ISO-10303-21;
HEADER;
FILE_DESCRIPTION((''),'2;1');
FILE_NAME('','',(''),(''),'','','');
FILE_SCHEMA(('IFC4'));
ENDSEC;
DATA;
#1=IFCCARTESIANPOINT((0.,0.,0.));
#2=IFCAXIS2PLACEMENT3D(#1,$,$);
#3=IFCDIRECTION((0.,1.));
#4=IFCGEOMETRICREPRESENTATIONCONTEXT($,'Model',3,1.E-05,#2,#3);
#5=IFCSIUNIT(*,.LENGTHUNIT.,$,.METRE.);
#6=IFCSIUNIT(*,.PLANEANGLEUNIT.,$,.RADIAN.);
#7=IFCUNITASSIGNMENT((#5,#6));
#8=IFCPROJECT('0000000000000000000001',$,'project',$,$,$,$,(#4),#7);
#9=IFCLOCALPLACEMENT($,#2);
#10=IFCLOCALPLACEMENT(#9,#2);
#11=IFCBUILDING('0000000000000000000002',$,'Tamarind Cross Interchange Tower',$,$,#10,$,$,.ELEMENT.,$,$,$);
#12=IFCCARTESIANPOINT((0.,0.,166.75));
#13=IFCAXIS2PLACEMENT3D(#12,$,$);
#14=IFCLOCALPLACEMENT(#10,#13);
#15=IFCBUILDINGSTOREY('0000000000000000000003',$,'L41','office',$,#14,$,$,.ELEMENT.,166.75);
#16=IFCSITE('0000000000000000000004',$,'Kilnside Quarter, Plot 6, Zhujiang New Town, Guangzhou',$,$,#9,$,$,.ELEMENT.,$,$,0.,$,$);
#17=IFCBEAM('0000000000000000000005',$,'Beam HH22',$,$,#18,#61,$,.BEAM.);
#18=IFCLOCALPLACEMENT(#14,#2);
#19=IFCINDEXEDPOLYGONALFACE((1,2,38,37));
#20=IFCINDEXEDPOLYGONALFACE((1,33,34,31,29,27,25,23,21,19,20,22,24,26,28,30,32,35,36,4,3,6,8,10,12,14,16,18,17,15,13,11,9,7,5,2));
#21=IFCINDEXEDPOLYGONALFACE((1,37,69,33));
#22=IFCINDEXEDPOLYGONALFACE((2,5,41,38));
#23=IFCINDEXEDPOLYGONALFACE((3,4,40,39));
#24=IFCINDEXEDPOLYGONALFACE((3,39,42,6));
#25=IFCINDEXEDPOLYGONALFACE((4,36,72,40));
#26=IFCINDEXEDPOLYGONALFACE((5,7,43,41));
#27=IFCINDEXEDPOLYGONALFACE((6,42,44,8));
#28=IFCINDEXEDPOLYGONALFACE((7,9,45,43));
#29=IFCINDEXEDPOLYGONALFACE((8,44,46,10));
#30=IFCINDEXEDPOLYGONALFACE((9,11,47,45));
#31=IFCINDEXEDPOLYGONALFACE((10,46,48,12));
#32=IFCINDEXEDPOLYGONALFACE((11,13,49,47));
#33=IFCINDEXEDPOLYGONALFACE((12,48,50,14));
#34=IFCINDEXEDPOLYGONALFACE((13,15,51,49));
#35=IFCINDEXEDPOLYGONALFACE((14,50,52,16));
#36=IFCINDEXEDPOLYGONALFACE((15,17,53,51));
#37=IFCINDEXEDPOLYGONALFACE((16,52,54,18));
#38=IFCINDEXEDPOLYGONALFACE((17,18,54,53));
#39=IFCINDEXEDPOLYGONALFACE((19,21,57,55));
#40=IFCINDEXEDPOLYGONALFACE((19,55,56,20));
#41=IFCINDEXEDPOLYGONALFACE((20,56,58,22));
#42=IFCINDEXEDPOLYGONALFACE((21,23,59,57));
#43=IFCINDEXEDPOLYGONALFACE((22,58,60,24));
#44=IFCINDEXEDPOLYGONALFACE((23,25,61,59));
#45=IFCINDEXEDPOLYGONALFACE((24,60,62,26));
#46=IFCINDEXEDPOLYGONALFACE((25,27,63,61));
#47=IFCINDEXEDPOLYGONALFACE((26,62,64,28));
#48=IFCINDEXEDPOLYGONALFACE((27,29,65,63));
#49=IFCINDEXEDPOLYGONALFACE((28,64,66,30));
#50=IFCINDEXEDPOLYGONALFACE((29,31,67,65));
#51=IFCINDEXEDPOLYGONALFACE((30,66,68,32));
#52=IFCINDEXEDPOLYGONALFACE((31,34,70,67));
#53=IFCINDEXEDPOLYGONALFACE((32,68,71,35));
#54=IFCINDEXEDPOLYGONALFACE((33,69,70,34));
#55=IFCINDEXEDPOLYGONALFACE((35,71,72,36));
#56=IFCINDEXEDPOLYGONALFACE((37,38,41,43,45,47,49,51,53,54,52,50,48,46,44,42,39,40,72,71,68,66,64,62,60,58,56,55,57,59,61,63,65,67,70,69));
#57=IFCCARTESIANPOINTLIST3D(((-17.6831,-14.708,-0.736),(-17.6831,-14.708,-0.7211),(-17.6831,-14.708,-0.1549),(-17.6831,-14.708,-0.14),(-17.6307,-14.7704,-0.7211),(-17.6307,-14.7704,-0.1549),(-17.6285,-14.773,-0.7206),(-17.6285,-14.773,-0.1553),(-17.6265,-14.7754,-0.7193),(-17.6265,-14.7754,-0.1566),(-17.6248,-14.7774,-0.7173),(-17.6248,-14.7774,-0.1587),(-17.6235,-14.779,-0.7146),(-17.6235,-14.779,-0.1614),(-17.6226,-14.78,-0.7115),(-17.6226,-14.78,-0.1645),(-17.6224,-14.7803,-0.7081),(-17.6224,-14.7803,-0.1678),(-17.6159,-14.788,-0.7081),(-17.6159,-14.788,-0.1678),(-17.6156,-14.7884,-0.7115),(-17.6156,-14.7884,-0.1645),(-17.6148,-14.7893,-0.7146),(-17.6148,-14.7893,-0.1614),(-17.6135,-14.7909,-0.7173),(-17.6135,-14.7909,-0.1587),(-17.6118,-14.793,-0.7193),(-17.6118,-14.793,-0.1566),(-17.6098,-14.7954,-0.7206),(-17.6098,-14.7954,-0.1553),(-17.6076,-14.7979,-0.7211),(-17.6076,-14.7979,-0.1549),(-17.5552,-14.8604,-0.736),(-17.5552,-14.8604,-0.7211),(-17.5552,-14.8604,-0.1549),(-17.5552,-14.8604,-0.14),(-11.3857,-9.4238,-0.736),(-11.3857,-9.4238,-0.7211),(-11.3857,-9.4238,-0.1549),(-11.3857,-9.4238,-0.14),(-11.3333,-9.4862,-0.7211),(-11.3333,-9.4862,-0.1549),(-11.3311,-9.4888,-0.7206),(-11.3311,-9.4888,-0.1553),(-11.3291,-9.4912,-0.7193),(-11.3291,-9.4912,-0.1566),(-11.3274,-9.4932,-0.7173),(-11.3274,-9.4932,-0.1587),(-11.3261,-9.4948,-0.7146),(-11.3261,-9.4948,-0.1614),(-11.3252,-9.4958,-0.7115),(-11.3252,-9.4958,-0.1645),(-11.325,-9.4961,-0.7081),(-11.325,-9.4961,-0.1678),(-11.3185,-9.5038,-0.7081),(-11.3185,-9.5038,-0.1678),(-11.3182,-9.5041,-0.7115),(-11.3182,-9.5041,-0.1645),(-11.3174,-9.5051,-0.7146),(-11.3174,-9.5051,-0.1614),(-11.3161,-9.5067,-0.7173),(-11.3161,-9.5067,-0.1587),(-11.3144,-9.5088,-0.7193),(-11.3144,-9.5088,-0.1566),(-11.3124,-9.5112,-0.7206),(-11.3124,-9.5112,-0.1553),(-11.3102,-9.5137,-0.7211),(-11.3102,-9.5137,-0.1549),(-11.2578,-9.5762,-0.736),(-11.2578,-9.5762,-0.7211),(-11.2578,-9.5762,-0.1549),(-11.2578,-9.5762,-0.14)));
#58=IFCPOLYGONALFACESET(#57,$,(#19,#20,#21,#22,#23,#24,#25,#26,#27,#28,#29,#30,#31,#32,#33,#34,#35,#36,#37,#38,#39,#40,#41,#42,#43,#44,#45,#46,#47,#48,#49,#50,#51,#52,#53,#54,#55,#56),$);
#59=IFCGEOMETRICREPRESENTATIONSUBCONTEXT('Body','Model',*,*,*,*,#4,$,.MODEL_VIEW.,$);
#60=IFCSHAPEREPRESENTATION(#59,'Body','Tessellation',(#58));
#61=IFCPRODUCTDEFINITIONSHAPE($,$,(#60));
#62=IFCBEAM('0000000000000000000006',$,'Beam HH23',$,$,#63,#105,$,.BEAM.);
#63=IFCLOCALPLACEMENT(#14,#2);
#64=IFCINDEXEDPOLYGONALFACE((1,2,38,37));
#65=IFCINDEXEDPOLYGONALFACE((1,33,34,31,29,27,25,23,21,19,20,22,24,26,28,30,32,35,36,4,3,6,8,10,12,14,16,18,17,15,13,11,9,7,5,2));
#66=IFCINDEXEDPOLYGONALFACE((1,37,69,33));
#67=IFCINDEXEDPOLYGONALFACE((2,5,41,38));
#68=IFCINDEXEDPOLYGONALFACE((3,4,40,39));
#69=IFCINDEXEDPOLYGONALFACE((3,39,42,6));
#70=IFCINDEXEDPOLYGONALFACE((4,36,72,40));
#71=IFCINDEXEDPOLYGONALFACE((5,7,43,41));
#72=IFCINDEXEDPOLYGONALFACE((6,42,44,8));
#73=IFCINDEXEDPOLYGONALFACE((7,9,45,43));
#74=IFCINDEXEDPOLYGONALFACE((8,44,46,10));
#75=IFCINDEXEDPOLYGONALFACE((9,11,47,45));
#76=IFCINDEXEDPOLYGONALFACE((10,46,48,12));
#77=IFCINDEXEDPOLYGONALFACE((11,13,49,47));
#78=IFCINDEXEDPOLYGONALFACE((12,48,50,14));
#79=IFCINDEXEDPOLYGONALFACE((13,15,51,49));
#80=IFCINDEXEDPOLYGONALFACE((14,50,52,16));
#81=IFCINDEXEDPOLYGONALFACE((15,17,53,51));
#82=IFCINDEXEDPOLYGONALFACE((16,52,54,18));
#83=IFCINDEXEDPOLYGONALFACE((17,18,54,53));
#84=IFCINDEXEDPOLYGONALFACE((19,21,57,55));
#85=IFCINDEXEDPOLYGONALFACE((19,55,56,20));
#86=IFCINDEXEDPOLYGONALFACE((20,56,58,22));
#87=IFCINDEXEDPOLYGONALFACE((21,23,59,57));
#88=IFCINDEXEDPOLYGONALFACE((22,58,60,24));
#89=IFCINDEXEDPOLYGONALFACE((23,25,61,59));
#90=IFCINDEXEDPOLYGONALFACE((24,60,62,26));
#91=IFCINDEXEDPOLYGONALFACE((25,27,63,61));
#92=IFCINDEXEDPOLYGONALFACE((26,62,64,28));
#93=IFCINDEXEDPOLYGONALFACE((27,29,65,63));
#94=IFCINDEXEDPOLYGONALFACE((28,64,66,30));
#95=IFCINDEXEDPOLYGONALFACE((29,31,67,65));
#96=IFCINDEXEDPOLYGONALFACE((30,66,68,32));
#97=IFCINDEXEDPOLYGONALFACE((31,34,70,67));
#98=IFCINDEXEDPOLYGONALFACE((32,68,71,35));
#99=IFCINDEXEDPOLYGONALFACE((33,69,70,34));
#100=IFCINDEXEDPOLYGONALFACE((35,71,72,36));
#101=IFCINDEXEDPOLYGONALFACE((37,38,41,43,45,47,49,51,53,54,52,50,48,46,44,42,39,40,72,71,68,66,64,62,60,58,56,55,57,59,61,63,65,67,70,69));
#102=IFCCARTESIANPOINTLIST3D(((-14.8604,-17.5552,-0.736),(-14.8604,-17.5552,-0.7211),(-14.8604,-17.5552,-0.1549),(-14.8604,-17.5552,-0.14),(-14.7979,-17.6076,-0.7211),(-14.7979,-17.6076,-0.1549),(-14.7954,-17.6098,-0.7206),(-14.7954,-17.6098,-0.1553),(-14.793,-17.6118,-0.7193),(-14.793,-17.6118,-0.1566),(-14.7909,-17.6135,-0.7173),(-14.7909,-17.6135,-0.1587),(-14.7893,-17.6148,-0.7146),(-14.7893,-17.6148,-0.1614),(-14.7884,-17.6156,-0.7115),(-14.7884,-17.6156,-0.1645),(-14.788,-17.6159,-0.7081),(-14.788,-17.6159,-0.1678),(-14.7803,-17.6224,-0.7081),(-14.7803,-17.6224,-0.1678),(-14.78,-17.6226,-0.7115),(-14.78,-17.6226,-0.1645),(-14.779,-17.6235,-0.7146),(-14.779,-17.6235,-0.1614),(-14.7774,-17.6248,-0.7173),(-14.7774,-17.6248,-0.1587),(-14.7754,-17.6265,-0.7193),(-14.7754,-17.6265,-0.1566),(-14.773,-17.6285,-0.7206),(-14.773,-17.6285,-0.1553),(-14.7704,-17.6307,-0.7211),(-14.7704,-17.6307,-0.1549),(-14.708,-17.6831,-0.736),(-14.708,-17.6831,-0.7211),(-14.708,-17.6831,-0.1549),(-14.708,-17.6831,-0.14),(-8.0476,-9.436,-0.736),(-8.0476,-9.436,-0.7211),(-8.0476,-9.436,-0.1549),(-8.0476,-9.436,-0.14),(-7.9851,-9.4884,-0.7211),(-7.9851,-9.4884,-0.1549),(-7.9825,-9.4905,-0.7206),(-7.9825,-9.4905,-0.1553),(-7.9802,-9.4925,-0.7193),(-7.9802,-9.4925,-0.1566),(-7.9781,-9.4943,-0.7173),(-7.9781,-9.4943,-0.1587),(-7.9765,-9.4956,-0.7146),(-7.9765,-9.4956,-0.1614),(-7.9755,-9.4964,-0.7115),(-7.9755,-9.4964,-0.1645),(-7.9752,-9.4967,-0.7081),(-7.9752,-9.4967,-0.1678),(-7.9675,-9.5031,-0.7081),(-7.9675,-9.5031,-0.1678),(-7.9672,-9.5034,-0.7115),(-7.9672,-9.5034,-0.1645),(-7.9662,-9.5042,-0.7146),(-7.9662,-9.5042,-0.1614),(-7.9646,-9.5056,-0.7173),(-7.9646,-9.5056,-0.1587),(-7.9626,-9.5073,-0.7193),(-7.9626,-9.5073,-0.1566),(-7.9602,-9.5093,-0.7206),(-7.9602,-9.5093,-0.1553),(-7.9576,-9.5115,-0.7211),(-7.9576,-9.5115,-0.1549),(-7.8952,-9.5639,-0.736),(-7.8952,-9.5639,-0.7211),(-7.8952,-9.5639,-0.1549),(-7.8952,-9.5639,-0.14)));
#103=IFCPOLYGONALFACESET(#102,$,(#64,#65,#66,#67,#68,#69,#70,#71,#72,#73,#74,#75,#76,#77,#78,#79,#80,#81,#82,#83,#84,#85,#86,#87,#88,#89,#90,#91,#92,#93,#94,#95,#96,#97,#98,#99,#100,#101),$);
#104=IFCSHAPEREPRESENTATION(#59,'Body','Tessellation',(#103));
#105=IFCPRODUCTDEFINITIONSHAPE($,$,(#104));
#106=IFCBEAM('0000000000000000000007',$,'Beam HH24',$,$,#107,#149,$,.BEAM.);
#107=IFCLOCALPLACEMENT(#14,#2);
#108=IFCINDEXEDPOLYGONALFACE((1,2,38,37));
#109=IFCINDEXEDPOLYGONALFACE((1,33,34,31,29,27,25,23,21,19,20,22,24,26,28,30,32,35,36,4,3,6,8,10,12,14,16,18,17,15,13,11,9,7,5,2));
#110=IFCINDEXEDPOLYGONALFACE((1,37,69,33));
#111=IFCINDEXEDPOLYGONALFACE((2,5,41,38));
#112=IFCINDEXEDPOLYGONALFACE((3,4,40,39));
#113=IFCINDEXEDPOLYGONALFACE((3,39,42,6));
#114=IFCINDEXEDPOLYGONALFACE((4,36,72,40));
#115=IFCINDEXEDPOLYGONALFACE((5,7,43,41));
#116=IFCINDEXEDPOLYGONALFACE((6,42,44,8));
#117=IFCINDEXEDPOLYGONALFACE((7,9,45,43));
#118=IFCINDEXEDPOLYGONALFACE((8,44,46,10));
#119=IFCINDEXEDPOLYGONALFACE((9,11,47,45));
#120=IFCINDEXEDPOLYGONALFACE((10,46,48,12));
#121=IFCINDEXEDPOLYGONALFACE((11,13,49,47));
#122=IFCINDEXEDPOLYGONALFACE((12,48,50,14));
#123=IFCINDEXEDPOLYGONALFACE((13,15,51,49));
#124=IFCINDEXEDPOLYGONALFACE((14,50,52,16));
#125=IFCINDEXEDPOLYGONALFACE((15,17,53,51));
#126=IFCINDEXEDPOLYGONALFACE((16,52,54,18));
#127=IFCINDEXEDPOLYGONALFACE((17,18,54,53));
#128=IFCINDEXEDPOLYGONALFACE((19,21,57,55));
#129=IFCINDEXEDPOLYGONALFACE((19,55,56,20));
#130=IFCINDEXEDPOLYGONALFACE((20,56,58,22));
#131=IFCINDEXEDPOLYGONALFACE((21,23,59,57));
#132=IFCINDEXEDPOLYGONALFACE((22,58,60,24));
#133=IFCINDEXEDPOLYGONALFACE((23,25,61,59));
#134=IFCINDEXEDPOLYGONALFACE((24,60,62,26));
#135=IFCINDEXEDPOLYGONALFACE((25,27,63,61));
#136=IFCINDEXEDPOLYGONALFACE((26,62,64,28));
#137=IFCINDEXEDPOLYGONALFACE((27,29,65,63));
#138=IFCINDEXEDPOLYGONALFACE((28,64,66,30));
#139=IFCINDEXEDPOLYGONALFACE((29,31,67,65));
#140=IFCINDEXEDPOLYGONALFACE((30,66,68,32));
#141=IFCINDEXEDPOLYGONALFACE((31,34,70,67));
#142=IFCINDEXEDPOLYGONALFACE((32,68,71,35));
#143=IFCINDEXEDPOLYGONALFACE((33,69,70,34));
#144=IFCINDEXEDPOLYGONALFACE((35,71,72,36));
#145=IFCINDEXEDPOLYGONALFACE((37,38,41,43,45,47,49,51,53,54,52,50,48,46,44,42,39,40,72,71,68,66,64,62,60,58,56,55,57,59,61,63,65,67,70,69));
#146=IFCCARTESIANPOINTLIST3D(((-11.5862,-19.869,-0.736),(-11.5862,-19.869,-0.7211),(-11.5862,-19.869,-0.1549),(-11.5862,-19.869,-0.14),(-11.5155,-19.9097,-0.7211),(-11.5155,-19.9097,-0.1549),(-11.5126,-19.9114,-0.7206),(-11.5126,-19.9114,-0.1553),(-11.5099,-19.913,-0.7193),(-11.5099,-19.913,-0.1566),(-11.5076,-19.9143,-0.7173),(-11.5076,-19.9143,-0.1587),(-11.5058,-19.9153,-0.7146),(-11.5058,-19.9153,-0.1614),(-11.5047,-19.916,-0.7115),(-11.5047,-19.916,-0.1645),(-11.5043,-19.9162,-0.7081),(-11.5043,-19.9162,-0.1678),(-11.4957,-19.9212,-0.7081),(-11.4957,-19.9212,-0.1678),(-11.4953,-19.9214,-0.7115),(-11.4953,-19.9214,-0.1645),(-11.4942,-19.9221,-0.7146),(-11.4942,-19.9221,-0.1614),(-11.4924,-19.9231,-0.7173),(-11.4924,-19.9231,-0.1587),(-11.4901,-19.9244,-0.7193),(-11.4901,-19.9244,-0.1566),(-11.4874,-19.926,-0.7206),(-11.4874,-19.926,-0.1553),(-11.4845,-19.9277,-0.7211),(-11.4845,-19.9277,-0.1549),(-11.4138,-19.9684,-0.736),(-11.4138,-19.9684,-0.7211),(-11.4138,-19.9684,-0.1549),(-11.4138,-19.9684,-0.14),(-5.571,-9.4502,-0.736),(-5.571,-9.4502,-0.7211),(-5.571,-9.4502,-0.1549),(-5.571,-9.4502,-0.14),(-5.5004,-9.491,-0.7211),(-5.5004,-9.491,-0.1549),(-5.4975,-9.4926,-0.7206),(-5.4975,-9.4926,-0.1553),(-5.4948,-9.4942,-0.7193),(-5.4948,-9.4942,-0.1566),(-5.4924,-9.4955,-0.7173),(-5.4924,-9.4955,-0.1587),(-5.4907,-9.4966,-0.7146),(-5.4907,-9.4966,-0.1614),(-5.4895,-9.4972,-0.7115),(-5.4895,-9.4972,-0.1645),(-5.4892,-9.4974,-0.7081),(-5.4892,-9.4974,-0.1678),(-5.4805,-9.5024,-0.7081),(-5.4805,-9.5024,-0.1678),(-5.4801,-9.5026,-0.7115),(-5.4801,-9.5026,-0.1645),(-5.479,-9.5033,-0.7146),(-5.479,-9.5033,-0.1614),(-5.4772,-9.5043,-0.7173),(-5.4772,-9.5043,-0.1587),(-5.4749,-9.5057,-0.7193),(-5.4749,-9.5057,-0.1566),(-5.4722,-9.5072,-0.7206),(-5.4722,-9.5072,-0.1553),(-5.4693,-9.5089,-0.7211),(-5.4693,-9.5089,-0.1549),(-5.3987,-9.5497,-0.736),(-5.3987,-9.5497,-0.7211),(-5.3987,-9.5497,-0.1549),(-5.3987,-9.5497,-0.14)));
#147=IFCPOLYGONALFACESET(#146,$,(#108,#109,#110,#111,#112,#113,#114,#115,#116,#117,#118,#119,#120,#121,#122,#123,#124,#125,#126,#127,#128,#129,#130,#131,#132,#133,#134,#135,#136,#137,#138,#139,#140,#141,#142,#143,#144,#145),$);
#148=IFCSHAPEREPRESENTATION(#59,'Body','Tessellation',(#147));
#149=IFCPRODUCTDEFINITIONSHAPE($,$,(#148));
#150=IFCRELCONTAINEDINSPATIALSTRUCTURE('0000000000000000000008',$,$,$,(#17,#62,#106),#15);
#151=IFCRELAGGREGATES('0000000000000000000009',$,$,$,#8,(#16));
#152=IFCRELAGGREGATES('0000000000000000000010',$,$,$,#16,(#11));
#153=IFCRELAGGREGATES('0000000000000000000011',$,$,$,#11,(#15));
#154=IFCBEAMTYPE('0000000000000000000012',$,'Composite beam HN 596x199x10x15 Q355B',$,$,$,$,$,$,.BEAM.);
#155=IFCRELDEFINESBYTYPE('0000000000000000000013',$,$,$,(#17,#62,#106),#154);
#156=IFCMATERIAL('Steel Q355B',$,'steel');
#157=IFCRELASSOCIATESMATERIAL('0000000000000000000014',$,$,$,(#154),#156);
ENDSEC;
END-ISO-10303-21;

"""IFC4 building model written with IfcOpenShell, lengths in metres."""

from ifc_helpers import new_model, si_unit, direction, frame, origin, origin_2d, place, context, subcontext, project, spatial, i_section, extrude, material, material_profile, profile_set, type_object, element, save


model = new_model("IFC4")

# Units and contexts
model_context = context("Model", 3, precision=1e-05, world=origin(), true_north=direction((0.0, 1.0)))
body_context = subcontext(model_context, "Body", "Model", "MODEL_VIEW")
ifc_project = project(units=[si_unit("LENGTHUNIT", "METRE"), si_unit("PLANEANGLEUNIT", "RADIAN")], contexts=[model_context])

# Site, building, storey
site_placement = place(None, origin())
site = spatial("IfcSite", under=ifc_project, at=site_placement, Name="Kilnside Quarter, Plot 6, Zhujiang New Town, Guangzhou", CompositionType="ELEMENT", RefElevation=0.0)
building_placement = place(site_placement, origin())
building = spatial("IfcBuilding", under=site, at=building_placement, Name="Tamarind Cross Interchange Tower", CompositionType="ELEMENT")
storey_placement = place(building_placement, frame((0.0, 0.0, 166.75)))
storey = spatial("IfcBuildingStorey", under=building, at=storey_placement, Name="L41", Description="office", CompositionType="ELEMENT", Elevation=166.75)

# Beams
ifc_material_1 = material(Name="Steel Q355B", Category="steel")
ifc_material_profile_1 = material_profile(ifc_material_1, i_section(OverallWidth=0.199, OverallDepth=0.5959, WebThickness=0.01, FlangeThickness=0.0149, FilletRadius=0.0129, at=origin_2d()), Name="HN 596x199x10x15")
ifc_profile_set_1 = profile_set([ifc_material_profile_1], Name="Steel Q355B")
beam_type_1 = type_object("IfcBeamType", Name="Composite beam HN 596x199x10x15 Q355B", PredefinedType="BEAM", material=ifc_profile_set_1)
beam_1_placement = place(storey_placement, frame((-17.6191, -14.7842, -0.438), z_axis=(0.766041, 0.642792, 0.0), x_axis=(-0.642792, 0.766041, 0.0)))
element("IfcBeam", 1, at=beam_1_placement, inside=storey, type_object=beam_type_1, Name="Beam HH22", PredefinedType="BEAM", context=body_context, shape_type="SweptSolid", body=[
    extrude(i_section(OverallWidth=0.199, OverallDepth=0.5959, WebThickness=0.01, FlangeThickness=0.0149, FilletRadius=0.0129, at=origin_2d()), origin(), (0.0, 0.0, 1.0), 8.2207),
])
beam_2_placement = place(storey_placement, frame((-14.7842, -17.6191, -0.438), z_axis=(0.642786, 0.766046, 0.0), x_axis=(-0.766046, 0.642786, 0.0)))
element("IfcBeam", 2, at=beam_2_placement, inside=storey, type_object=beam_type_1, Name="Beam HH23", PredefinedType="BEAM", context=body_context, shape_type="SweptSolid", body=[
    extrude(i_section(OverallWidth=0.199, OverallDepth=0.5959, WebThickness=0.01, FlangeThickness=0.0149, FilletRadius=0.0129, at=origin_2d()), origin(), (0.0, 0.0, 1.0), 10.5989),
])
beam_3_placement = place(storey_placement, frame((-11.5, -19.9187, -0.438), z_axis=(0.499994, 0.866029, 0.0), x_axis=(-0.866029, 0.499994, 0.0)))
element("IfcBeam", 3, at=beam_3_placement, inside=storey, type_object=beam_type_1, Name="Beam HH24", PredefinedType="BEAM", context=body_context, shape_type="SweptSolid", body=[
    extrude(i_section(OverallWidth=0.199, OverallDepth=0.5959, WebThickness=0.01, FlangeThickness=0.0149, FilletRadius=0.0129, at=origin_2d()), origin(), (0.0, 0.0, 1.0), 12.0305),
])

save(model, "model.ifc")
